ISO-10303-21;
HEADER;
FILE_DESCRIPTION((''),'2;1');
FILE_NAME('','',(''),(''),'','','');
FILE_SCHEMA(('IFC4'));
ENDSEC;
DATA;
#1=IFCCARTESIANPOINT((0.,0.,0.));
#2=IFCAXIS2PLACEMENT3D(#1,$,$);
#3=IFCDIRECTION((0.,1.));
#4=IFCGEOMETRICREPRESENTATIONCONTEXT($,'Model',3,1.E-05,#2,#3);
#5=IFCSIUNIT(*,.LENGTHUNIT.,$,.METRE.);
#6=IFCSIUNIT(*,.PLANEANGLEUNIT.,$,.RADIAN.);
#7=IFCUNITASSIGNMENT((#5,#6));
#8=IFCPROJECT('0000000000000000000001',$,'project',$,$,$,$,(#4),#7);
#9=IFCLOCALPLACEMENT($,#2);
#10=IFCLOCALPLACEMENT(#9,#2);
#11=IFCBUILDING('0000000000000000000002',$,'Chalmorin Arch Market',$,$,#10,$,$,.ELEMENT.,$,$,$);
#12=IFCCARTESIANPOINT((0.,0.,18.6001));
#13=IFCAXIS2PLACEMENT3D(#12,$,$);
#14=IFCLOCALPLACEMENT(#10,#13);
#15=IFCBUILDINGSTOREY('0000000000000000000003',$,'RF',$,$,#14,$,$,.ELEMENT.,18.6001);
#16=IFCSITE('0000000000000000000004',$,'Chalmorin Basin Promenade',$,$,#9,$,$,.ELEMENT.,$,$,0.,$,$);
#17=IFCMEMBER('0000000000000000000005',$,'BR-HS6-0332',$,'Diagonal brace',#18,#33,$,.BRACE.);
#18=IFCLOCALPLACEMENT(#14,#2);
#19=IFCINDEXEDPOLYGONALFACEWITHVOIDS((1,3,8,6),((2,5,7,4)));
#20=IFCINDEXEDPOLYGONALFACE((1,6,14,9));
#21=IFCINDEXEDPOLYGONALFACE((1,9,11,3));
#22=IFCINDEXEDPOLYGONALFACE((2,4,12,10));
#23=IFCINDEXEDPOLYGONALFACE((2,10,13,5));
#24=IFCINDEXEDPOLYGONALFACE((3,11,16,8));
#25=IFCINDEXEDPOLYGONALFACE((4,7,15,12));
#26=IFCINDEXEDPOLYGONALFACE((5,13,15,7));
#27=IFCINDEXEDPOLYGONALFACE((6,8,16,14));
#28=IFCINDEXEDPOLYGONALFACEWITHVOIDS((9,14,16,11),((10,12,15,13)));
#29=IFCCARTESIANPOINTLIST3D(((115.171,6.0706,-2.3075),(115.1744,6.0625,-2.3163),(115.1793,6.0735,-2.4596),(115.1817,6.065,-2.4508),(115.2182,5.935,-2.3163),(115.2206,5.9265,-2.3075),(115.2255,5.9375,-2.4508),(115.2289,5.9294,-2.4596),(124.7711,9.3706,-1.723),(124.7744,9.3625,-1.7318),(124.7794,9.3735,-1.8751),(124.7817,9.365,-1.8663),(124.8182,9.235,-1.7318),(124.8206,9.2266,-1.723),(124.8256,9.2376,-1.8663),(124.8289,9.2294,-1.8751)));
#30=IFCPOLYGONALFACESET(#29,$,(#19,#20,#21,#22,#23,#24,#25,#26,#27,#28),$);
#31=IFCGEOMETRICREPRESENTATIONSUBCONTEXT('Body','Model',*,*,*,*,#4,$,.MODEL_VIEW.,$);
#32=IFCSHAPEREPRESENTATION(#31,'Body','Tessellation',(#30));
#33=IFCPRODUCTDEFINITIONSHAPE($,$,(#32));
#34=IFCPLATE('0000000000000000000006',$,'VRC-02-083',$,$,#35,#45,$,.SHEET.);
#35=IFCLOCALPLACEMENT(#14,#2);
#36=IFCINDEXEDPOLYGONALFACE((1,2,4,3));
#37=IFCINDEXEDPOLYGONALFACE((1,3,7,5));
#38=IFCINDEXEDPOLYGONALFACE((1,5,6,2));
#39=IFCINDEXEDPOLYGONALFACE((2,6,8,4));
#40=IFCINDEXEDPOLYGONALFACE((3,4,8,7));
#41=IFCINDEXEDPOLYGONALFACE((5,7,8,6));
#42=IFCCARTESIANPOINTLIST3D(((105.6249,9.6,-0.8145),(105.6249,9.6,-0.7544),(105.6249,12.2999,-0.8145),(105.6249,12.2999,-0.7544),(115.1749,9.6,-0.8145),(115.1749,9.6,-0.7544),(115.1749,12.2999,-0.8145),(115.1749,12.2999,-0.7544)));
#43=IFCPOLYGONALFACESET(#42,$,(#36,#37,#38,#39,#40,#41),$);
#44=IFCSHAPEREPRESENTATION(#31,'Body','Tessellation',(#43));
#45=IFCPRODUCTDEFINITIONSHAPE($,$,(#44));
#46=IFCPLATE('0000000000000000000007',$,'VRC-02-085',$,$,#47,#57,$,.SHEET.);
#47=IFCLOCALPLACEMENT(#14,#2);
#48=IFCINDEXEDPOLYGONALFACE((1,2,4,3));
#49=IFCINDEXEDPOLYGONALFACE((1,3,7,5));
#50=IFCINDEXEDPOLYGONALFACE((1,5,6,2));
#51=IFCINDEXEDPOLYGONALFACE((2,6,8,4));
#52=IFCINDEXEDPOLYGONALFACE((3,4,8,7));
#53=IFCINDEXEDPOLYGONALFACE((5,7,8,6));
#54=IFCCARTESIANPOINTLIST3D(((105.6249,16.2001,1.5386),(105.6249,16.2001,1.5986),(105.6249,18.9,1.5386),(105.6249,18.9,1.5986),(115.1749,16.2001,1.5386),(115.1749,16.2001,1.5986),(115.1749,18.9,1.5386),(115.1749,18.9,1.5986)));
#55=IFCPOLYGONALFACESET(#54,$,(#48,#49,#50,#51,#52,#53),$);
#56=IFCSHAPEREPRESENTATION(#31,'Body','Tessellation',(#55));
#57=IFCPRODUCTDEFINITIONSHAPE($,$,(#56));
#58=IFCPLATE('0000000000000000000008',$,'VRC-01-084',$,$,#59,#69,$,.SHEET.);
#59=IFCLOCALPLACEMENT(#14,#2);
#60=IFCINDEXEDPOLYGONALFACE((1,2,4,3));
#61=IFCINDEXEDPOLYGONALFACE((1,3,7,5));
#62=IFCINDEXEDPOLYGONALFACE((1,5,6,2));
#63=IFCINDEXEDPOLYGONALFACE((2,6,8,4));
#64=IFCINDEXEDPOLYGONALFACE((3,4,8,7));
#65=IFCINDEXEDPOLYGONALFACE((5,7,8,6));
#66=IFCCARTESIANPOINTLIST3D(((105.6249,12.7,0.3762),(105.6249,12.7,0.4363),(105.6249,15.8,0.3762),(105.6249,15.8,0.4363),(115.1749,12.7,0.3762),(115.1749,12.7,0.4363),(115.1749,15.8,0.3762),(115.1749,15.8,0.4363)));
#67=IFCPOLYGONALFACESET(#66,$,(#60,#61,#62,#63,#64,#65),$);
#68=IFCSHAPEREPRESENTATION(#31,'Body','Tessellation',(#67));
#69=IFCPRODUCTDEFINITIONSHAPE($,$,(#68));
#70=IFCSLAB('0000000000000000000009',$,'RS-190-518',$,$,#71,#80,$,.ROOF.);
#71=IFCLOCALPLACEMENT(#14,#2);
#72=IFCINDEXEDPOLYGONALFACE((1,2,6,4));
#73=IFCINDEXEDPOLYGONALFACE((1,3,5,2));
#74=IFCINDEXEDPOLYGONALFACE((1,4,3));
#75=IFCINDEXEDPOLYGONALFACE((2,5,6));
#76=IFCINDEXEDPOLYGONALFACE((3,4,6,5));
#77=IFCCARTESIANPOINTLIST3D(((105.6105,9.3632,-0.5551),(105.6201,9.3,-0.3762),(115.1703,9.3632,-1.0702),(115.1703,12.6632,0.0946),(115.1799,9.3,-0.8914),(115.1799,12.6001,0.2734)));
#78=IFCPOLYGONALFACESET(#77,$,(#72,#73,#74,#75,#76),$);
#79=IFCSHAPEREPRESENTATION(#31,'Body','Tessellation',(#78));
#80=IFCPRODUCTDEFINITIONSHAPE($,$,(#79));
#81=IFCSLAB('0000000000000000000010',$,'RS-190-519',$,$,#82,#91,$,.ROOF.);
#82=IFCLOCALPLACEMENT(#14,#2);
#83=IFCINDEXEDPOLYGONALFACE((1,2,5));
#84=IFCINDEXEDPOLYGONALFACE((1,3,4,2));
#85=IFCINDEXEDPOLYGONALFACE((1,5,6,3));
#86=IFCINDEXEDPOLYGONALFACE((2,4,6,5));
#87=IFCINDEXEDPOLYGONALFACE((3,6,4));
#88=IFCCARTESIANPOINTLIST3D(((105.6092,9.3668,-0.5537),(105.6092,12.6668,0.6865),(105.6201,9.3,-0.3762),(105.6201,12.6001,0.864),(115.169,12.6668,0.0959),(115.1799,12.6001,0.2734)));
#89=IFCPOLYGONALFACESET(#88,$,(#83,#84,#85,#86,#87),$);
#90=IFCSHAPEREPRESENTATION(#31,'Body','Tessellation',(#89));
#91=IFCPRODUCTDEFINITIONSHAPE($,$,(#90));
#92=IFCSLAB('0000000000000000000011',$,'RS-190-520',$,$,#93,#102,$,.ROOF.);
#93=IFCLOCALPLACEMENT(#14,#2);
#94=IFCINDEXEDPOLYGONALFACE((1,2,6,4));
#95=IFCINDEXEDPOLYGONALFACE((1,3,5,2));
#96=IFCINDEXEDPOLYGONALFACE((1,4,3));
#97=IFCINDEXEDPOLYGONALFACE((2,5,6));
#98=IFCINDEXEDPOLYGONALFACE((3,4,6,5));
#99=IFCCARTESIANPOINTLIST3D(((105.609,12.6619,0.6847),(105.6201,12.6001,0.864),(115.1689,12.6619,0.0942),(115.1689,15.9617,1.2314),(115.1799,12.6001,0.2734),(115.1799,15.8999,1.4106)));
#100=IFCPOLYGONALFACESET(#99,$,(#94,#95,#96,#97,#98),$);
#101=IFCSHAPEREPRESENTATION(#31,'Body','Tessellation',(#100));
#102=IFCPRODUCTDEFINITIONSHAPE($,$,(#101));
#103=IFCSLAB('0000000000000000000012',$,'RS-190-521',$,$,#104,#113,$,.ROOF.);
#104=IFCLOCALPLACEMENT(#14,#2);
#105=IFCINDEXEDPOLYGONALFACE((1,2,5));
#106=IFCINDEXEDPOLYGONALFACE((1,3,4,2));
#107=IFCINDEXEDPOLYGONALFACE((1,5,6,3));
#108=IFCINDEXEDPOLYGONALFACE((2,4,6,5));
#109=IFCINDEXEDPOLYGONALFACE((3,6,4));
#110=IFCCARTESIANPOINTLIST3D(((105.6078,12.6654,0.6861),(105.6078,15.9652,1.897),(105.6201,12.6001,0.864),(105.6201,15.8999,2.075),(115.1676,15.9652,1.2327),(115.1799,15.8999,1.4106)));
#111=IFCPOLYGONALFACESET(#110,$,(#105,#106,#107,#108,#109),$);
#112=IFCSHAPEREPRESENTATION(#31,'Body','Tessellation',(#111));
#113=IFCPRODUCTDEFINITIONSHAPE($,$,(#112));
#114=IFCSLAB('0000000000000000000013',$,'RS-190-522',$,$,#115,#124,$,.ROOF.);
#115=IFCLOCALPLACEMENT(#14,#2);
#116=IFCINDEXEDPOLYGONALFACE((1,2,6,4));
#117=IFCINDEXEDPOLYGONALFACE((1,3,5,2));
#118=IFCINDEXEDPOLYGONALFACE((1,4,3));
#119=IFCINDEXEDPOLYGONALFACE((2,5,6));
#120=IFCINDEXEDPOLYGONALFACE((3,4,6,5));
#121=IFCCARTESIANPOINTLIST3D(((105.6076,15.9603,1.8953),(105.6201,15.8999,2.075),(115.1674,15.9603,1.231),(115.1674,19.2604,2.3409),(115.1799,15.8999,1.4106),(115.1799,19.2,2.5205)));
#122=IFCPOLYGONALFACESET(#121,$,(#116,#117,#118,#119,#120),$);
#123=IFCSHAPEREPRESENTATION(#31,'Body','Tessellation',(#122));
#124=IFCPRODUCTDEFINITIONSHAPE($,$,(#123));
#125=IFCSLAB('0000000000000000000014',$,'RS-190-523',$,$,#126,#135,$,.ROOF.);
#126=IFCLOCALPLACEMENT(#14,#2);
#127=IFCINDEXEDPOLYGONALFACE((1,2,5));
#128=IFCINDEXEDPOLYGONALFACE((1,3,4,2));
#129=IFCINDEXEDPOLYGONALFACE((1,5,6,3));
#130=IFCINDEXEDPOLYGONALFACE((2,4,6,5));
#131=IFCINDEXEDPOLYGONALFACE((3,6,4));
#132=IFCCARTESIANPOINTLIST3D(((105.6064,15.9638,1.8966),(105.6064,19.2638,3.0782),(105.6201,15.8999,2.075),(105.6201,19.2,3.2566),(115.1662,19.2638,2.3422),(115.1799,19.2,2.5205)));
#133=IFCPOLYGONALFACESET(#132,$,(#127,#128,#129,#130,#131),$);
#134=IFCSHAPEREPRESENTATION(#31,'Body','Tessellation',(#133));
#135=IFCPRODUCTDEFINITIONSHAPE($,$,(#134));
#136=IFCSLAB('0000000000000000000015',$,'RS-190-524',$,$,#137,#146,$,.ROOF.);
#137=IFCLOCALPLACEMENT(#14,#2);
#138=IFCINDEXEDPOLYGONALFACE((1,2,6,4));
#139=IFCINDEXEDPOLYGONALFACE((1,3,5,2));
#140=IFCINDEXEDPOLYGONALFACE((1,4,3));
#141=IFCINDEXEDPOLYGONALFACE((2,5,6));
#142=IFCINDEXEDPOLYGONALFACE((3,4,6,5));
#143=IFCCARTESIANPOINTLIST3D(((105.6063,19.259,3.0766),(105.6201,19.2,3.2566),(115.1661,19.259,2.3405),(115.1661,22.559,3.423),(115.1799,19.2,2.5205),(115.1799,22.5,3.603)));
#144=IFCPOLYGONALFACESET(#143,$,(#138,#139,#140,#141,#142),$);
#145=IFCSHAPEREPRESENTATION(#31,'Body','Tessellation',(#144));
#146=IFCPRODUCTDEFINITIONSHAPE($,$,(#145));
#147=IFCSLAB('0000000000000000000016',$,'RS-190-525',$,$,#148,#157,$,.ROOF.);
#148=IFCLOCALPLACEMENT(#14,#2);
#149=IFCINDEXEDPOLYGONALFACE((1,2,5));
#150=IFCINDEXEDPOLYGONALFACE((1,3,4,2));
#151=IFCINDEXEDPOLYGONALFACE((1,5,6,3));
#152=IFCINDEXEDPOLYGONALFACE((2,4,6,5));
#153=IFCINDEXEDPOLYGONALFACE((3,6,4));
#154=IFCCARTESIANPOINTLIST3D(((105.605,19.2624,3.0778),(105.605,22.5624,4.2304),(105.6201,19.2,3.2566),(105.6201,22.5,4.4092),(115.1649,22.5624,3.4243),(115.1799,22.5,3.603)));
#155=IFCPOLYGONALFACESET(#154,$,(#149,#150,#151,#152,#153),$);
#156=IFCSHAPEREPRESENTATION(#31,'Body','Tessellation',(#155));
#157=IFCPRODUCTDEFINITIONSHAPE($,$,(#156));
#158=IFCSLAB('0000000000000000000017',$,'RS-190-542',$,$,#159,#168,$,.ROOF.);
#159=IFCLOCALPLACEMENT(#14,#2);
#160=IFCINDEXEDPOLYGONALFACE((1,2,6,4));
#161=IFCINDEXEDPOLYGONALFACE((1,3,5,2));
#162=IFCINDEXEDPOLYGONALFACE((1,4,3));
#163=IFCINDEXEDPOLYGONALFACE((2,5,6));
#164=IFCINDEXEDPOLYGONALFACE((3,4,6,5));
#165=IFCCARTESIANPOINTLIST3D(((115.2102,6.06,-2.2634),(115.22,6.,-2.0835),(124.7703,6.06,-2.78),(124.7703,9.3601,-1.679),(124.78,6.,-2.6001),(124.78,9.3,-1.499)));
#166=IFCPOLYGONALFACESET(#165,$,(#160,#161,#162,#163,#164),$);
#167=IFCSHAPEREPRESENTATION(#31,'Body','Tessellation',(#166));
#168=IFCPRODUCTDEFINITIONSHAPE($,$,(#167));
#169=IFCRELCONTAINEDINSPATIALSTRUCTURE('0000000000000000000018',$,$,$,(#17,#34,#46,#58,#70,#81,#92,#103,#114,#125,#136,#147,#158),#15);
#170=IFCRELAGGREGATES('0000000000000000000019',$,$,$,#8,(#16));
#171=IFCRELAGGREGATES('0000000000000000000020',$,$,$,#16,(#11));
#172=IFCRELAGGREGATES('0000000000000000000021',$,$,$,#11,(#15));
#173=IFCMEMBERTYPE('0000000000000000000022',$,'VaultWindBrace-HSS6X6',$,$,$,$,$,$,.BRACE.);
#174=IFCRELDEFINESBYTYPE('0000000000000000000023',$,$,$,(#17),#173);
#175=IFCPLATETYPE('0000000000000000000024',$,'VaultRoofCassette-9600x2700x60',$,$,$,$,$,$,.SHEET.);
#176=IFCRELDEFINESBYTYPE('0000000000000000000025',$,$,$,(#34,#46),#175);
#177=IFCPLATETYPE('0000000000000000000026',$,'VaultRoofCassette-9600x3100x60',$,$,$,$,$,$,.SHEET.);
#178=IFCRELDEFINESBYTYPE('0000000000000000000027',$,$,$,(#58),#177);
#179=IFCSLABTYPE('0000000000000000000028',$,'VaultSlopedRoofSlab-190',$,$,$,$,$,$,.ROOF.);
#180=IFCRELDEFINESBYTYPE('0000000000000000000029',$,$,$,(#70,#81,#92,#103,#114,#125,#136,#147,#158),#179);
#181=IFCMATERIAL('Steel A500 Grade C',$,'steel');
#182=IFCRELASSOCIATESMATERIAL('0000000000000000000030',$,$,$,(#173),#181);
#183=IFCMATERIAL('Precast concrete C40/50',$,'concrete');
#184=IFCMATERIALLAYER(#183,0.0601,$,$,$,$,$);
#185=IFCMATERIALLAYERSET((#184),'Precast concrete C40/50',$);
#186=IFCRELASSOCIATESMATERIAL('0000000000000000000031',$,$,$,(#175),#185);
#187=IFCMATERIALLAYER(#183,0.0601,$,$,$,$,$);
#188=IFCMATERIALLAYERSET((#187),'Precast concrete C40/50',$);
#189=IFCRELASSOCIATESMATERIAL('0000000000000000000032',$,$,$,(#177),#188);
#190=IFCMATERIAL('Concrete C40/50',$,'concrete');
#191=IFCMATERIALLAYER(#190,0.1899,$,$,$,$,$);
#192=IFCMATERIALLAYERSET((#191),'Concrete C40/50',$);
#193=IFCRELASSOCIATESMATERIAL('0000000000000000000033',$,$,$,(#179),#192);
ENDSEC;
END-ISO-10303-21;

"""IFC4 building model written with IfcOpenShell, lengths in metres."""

from ifc_helpers import new_model, si_unit, direction, frame, origin, origin_2d, place, context, subcontext, project, spatial, polyline, rectangle, hollow_rectangle, outline, extrude, material, layer, layer_set, material_profile, profile_set, type_object, element, save


model = new_model("IFC4")

# Units and contexts
model_context = context("Model", 3, precision=1e-05, world=origin(), true_north=direction((0.0, 1.0)))
body_context = subcontext(model_context, "Body", "Model", "MODEL_VIEW")
ifc_project = project(units=[si_unit("LENGTHUNIT", "METRE"), si_unit("PLANEANGLEUNIT", "RADIAN")], contexts=[model_context])

# Site, building, storey
site_placement = place(None, origin())
site = spatial("IfcSite", under=ifc_project, at=site_placement, Name="Chalmorin Basin Promenade", CompositionType="ELEMENT", RefElevation=0.0)
building_placement = place(site_placement, origin())
building = spatial("IfcBuilding", under=site, at=building_placement, Name="Chalmorin Arch Market", CompositionType="ELEMENT")
storey_placement = place(building_placement, frame((0.0, 0.0, 18.6001)))
storey = spatial("IfcBuildingStorey", under=building, at=storey_placement, Name="RF", CompositionType="ELEMENT", Elevation=18.6001)

# Shared definitions
ifc_material_1 = material(Name="Steel A500 Grade C", Category="steel")

# Member
ifc_material_profile_1 = material_profile(ifc_material_1, hollow_rectangle(XDim=0.1523, YDim=0.1523, WallThickness=0.0088, at=origin_2d()), Name="HSS6X6X3/8")
ifc_profile_set_1 = profile_set([ifc_material_profile_1], Name="Steel A500 Grade C")
member_type_1 = type_object("IfcMemberType", Name="VaultWindBrace-HSS6X6", PredefinedType="BRACE", material=ifc_profile_set_1)
member_1_placement = place(storey_placement, frame((115.2, 6.0, -2.3835), z_axis=(0.944123, 0.324544, 0.05748), x_axis=(-0.325081, 0.945686, 0.0)))
element("IfcMember", 1, at=member_1_placement, inside=storey, type_object=member_type_1, Name="BR-HS6-0332", ObjectType="Diagonal brace", PredefinedType="BRACE", context=body_context, shape_type="SweptSolid", body=[
    extrude(hollow_rectangle(XDim=0.1523, YDim=0.1523, WallThickness=0.0088, at=origin_2d()), origin(), (0.0, 0.0, 1.0), 10.1682),
])

# Plates
ifc_material_2 = material(Name="Precast concrete C40/50", Category="concrete")
ifc_layer_1 = layer(ifc_material_2, 0.0601)
ifc_layer_set_1 = layer_set([ifc_layer_1], Name="Precast concrete C40/50")
plate_type_1 = type_object("IfcPlateType", Name="VaultRoofCassette-9600x2700x60", PredefinedType="SHEET", material=ifc_layer_set_1)
for number, where, z_axis, x_axis, name in (
    (2, (110.3999, 10.95, -0.8145), (0.0, 0.0, 1.0), (1.0, 0.0, 0.0), "VRC-02-083"),
    (3, (110.3999, 17.55, 1.5386), (0.0, 0.0, 1.0), (1.0, 0.0, 0.0), "VRC-02-085"),
):
    element("IfcPlate", number, at=place(storey_placement, frame(where, z_axis=z_axis, x_axis=x_axis)), inside=storey, type_object=plate_type_1, Name=name, PredefinedType="SHEET", context=body_context, shape_type="SweptSolid", body=[
        extrude(rectangle(XDim=9.55, YDim=2.7, at=origin_2d()), origin(), (0.0, 0.0, 1.0), 0.0601),
    ])
ifc_layer_2 = layer(ifc_material_2, 0.0601)
ifc_layer_set_2 = layer_set([ifc_layer_2], Name="Precast concrete C40/50")
plate_type_2 = type_object("IfcPlateType", Name="VaultRoofCassette-9600x3100x60", PredefinedType="SHEET", material=ifc_layer_set_2)
plate_placement = place(storey_placement, frame((110.3999, 14.25, 0.3762), z_axis=(0.0, 0.0, 1.0), x_axis=(1.0, 0.0, 0.0)))
element("IfcPlate", 4, at=plate_placement, inside=storey, type_object=plate_type_2, Name="VRC-01-084", PredefinedType="SHEET", context=body_context, shape_type="SweptSolid", body=[
    extrude(rectangle(XDim=9.55, YDim=3.1001, at=origin_2d()), origin(), (0.0, 0.0, 1.0), 0.0601),
])

# Slabs
ifc_material_3 = material(Name="Concrete C40/50", Category="concrete")
ifc_layer_3 = layer(ifc_material_3, 0.1899)
ifc_layer_set_3 = layer_set([ifc_layer_3], Name="Concrete C40/50")
slab_type = type_object("IfcSlabType", Name="VaultSlopedRoofSlab-190", PredefinedType="ROOF", material=ifc_layer_set_3)
slab_1_placement = place(storey_placement, frame((105.6201, 9.3, -0.3762), z_axis=(0.050748, -0.33241, 0.941769), x_axis=(0.998551, 0.0, -0.053808)))
element("IfcSlab", 5, at=slab_1_placement, inside=storey, type_object=slab_type, Name="RS-190-518", PredefinedType="ROOF", context=body_context, shape_type="SweptSolid", body=[
    extrude(outline(polyline([(0.0, 0.0), (9.5737, 0.0), (9.511, 3.499), (0.0, 0.0)])), origin(), (0.0, 0.0, -1.0), 0.1899),
])
slab_2_placement = place(storey_placement, frame((105.6201, 9.3, -0.3762), z_axis=(0.057731, -0.351212, 0.934514), x_axis=(0.94332, 0.325634, 0.064105)))
element("IfcSlab", 6, at=slab_2_placement, inside=storey, type_object=slab_type, Name="RS-190-519", PredefinedType="ROOF", context=body_context, shape_type="SweptSolid", body=[
    extrude(outline(polyline([(0.0, 0.0), (10.1342, 0.0), (1.1541, 3.3311), (0.0, 0.0)])), origin(), (0.0, 0.0, -1.0), 0.1899),
])
slab_3_placement = place(storey_placement, frame((105.6201, 12.6001, 0.864), z_axis=(0.058306, -0.325268, 0.943823), x_axis=(0.998097, 0.0, -0.061659)))
element("IfcSlab", 7, at=slab_3_placement, inside=storey, type_object=slab_type, Name="RS-190-520", PredefinedType="ROOF", context=body_context, shape_type="SweptSolid", body=[
    extrude(outline(polyline([(0.0, 0.0), (9.578, 0.0), (9.5079, 3.4896), (0.0, 0.0)])), origin(), (0.0, 0.0, -1.0), 0.1899),
])
slab_4_placement = place(storey_placement, frame((105.6201, 12.6001, 0.864), z_axis=(0.065097, -0.343777, 0.936792), x_axis=(0.943894, 0.325808, 0.053972)))
element("IfcSlab", 8, at=slab_4_placement, inside=storey, type_object=slab_type, Name="RS-190-521", PredefinedType="ROOF", context=body_context, shape_type="SweptSolid", body=[
    extrude(outline(polyline([(0.0, 0.0), (10.1281, 0.0), (1.1405, 3.3248), (0.0, 0.0)])), origin(), (0.0, 0.0, -1.0), 0.1899),
])
slab_5_placement = place(storey_placement, frame((105.6201, 15.8999, 2.075), z_axis=(0.065722, -0.318083, 0.945782), x_axis=(0.997594, 0.0, -0.069322)))
element("IfcSlab", 9, at=slab_5_placement, inside=storey, type_object=slab_type, Name="RS-190-522", PredefinedType="ROOF", context=body_context, shape_type="SweptSolid", body=[
    extrude(outline(polyline([(0.0, 0.0), (9.5829, 0.0), (9.5059, 3.4808), (0.0, 0.0)])), origin(), (0.0, 0.0, -1.0), 0.1899),
])
slab_6_placement = place(storey_placement, frame((105.6201, 15.8999, 2.075), z_axis=(0.072301, -0.336226, 0.939002), x_axis=(0.944348, 0.325989, 0.044013)))
element("IfcSlab", 10, at=slab_6_placement, inside=storey, type_object=slab_type, Name="RS-190-523", PredefinedType="ROOF", context=body_context, shape_type="SweptSolid", body=[
    extrude(outline(polyline([(0.0, 0.0), (10.1232, 0.0), (1.1278, 3.3188), (0.0, 0.0)])), origin(), (0.0, 0.0, -1.0), 0.1899),
])
slab_7_placement = place(storey_placement, frame((105.6201, 19.2, 3.2566), z_axis=(0.072967, -0.310859, 0.947651), x_axis=(0.997049, 0.0, -0.07677)))
element("IfcSlab", 11, at=slab_7_placement, inside=storey, type_object=slab_type, Name="RS-190-524", PredefinedType="ROOF", context=body_context, shape_type="SweptSolid", body=[
    extrude(outline(polyline([(0.0, 0.0), (9.5881, 0.0), (9.505, 3.4721), (0.0, 0.0)])), origin(), (0.0, 0.0, -1.0), 0.1899),
])
slab_8_placement = place(storey_placement, frame((105.6201, 19.2, 3.2566), z_axis=(0.07936, -0.328691, 0.941097), x_axis=(0.94471, 0.326114, 0.034235)))
element("IfcSlab", 12, at=slab_8_placement, inside=storey, type_object=slab_type, Name="RS-190-525", PredefinedType="ROOF", context=body_context, shape_type="SweptSolid", body=[
    extrude(outline(polyline([(0.0, 0.0), (10.1193, 0.0), (1.1157, 3.3127), (0.0, 0.0)])), origin(), (0.0, 0.0, -1.0), 0.1899),
])
slab_9_placement = place(storey_placement, frame((115.22, 6.0, -2.0835), z_axis=(0.051192, -0.316086, 0.947348), x_axis=(0.998543, 0.0, -0.053959)))
element("IfcSlab", 13, at=slab_9_placement, inside=storey, type_object=slab_type, Name="RS-190-542", PredefinedType="ROOF", context=body_context, shape_type="SweptSolid", body=[
    extrude(outline(polyline([(0.0, 0.0), (9.574, 0.0), (9.5146, 3.4784), (0.0, 0.0)])), origin(), (0.0, 0.0, -1.0), 0.1899),
])

save(model, "model.ifc")
